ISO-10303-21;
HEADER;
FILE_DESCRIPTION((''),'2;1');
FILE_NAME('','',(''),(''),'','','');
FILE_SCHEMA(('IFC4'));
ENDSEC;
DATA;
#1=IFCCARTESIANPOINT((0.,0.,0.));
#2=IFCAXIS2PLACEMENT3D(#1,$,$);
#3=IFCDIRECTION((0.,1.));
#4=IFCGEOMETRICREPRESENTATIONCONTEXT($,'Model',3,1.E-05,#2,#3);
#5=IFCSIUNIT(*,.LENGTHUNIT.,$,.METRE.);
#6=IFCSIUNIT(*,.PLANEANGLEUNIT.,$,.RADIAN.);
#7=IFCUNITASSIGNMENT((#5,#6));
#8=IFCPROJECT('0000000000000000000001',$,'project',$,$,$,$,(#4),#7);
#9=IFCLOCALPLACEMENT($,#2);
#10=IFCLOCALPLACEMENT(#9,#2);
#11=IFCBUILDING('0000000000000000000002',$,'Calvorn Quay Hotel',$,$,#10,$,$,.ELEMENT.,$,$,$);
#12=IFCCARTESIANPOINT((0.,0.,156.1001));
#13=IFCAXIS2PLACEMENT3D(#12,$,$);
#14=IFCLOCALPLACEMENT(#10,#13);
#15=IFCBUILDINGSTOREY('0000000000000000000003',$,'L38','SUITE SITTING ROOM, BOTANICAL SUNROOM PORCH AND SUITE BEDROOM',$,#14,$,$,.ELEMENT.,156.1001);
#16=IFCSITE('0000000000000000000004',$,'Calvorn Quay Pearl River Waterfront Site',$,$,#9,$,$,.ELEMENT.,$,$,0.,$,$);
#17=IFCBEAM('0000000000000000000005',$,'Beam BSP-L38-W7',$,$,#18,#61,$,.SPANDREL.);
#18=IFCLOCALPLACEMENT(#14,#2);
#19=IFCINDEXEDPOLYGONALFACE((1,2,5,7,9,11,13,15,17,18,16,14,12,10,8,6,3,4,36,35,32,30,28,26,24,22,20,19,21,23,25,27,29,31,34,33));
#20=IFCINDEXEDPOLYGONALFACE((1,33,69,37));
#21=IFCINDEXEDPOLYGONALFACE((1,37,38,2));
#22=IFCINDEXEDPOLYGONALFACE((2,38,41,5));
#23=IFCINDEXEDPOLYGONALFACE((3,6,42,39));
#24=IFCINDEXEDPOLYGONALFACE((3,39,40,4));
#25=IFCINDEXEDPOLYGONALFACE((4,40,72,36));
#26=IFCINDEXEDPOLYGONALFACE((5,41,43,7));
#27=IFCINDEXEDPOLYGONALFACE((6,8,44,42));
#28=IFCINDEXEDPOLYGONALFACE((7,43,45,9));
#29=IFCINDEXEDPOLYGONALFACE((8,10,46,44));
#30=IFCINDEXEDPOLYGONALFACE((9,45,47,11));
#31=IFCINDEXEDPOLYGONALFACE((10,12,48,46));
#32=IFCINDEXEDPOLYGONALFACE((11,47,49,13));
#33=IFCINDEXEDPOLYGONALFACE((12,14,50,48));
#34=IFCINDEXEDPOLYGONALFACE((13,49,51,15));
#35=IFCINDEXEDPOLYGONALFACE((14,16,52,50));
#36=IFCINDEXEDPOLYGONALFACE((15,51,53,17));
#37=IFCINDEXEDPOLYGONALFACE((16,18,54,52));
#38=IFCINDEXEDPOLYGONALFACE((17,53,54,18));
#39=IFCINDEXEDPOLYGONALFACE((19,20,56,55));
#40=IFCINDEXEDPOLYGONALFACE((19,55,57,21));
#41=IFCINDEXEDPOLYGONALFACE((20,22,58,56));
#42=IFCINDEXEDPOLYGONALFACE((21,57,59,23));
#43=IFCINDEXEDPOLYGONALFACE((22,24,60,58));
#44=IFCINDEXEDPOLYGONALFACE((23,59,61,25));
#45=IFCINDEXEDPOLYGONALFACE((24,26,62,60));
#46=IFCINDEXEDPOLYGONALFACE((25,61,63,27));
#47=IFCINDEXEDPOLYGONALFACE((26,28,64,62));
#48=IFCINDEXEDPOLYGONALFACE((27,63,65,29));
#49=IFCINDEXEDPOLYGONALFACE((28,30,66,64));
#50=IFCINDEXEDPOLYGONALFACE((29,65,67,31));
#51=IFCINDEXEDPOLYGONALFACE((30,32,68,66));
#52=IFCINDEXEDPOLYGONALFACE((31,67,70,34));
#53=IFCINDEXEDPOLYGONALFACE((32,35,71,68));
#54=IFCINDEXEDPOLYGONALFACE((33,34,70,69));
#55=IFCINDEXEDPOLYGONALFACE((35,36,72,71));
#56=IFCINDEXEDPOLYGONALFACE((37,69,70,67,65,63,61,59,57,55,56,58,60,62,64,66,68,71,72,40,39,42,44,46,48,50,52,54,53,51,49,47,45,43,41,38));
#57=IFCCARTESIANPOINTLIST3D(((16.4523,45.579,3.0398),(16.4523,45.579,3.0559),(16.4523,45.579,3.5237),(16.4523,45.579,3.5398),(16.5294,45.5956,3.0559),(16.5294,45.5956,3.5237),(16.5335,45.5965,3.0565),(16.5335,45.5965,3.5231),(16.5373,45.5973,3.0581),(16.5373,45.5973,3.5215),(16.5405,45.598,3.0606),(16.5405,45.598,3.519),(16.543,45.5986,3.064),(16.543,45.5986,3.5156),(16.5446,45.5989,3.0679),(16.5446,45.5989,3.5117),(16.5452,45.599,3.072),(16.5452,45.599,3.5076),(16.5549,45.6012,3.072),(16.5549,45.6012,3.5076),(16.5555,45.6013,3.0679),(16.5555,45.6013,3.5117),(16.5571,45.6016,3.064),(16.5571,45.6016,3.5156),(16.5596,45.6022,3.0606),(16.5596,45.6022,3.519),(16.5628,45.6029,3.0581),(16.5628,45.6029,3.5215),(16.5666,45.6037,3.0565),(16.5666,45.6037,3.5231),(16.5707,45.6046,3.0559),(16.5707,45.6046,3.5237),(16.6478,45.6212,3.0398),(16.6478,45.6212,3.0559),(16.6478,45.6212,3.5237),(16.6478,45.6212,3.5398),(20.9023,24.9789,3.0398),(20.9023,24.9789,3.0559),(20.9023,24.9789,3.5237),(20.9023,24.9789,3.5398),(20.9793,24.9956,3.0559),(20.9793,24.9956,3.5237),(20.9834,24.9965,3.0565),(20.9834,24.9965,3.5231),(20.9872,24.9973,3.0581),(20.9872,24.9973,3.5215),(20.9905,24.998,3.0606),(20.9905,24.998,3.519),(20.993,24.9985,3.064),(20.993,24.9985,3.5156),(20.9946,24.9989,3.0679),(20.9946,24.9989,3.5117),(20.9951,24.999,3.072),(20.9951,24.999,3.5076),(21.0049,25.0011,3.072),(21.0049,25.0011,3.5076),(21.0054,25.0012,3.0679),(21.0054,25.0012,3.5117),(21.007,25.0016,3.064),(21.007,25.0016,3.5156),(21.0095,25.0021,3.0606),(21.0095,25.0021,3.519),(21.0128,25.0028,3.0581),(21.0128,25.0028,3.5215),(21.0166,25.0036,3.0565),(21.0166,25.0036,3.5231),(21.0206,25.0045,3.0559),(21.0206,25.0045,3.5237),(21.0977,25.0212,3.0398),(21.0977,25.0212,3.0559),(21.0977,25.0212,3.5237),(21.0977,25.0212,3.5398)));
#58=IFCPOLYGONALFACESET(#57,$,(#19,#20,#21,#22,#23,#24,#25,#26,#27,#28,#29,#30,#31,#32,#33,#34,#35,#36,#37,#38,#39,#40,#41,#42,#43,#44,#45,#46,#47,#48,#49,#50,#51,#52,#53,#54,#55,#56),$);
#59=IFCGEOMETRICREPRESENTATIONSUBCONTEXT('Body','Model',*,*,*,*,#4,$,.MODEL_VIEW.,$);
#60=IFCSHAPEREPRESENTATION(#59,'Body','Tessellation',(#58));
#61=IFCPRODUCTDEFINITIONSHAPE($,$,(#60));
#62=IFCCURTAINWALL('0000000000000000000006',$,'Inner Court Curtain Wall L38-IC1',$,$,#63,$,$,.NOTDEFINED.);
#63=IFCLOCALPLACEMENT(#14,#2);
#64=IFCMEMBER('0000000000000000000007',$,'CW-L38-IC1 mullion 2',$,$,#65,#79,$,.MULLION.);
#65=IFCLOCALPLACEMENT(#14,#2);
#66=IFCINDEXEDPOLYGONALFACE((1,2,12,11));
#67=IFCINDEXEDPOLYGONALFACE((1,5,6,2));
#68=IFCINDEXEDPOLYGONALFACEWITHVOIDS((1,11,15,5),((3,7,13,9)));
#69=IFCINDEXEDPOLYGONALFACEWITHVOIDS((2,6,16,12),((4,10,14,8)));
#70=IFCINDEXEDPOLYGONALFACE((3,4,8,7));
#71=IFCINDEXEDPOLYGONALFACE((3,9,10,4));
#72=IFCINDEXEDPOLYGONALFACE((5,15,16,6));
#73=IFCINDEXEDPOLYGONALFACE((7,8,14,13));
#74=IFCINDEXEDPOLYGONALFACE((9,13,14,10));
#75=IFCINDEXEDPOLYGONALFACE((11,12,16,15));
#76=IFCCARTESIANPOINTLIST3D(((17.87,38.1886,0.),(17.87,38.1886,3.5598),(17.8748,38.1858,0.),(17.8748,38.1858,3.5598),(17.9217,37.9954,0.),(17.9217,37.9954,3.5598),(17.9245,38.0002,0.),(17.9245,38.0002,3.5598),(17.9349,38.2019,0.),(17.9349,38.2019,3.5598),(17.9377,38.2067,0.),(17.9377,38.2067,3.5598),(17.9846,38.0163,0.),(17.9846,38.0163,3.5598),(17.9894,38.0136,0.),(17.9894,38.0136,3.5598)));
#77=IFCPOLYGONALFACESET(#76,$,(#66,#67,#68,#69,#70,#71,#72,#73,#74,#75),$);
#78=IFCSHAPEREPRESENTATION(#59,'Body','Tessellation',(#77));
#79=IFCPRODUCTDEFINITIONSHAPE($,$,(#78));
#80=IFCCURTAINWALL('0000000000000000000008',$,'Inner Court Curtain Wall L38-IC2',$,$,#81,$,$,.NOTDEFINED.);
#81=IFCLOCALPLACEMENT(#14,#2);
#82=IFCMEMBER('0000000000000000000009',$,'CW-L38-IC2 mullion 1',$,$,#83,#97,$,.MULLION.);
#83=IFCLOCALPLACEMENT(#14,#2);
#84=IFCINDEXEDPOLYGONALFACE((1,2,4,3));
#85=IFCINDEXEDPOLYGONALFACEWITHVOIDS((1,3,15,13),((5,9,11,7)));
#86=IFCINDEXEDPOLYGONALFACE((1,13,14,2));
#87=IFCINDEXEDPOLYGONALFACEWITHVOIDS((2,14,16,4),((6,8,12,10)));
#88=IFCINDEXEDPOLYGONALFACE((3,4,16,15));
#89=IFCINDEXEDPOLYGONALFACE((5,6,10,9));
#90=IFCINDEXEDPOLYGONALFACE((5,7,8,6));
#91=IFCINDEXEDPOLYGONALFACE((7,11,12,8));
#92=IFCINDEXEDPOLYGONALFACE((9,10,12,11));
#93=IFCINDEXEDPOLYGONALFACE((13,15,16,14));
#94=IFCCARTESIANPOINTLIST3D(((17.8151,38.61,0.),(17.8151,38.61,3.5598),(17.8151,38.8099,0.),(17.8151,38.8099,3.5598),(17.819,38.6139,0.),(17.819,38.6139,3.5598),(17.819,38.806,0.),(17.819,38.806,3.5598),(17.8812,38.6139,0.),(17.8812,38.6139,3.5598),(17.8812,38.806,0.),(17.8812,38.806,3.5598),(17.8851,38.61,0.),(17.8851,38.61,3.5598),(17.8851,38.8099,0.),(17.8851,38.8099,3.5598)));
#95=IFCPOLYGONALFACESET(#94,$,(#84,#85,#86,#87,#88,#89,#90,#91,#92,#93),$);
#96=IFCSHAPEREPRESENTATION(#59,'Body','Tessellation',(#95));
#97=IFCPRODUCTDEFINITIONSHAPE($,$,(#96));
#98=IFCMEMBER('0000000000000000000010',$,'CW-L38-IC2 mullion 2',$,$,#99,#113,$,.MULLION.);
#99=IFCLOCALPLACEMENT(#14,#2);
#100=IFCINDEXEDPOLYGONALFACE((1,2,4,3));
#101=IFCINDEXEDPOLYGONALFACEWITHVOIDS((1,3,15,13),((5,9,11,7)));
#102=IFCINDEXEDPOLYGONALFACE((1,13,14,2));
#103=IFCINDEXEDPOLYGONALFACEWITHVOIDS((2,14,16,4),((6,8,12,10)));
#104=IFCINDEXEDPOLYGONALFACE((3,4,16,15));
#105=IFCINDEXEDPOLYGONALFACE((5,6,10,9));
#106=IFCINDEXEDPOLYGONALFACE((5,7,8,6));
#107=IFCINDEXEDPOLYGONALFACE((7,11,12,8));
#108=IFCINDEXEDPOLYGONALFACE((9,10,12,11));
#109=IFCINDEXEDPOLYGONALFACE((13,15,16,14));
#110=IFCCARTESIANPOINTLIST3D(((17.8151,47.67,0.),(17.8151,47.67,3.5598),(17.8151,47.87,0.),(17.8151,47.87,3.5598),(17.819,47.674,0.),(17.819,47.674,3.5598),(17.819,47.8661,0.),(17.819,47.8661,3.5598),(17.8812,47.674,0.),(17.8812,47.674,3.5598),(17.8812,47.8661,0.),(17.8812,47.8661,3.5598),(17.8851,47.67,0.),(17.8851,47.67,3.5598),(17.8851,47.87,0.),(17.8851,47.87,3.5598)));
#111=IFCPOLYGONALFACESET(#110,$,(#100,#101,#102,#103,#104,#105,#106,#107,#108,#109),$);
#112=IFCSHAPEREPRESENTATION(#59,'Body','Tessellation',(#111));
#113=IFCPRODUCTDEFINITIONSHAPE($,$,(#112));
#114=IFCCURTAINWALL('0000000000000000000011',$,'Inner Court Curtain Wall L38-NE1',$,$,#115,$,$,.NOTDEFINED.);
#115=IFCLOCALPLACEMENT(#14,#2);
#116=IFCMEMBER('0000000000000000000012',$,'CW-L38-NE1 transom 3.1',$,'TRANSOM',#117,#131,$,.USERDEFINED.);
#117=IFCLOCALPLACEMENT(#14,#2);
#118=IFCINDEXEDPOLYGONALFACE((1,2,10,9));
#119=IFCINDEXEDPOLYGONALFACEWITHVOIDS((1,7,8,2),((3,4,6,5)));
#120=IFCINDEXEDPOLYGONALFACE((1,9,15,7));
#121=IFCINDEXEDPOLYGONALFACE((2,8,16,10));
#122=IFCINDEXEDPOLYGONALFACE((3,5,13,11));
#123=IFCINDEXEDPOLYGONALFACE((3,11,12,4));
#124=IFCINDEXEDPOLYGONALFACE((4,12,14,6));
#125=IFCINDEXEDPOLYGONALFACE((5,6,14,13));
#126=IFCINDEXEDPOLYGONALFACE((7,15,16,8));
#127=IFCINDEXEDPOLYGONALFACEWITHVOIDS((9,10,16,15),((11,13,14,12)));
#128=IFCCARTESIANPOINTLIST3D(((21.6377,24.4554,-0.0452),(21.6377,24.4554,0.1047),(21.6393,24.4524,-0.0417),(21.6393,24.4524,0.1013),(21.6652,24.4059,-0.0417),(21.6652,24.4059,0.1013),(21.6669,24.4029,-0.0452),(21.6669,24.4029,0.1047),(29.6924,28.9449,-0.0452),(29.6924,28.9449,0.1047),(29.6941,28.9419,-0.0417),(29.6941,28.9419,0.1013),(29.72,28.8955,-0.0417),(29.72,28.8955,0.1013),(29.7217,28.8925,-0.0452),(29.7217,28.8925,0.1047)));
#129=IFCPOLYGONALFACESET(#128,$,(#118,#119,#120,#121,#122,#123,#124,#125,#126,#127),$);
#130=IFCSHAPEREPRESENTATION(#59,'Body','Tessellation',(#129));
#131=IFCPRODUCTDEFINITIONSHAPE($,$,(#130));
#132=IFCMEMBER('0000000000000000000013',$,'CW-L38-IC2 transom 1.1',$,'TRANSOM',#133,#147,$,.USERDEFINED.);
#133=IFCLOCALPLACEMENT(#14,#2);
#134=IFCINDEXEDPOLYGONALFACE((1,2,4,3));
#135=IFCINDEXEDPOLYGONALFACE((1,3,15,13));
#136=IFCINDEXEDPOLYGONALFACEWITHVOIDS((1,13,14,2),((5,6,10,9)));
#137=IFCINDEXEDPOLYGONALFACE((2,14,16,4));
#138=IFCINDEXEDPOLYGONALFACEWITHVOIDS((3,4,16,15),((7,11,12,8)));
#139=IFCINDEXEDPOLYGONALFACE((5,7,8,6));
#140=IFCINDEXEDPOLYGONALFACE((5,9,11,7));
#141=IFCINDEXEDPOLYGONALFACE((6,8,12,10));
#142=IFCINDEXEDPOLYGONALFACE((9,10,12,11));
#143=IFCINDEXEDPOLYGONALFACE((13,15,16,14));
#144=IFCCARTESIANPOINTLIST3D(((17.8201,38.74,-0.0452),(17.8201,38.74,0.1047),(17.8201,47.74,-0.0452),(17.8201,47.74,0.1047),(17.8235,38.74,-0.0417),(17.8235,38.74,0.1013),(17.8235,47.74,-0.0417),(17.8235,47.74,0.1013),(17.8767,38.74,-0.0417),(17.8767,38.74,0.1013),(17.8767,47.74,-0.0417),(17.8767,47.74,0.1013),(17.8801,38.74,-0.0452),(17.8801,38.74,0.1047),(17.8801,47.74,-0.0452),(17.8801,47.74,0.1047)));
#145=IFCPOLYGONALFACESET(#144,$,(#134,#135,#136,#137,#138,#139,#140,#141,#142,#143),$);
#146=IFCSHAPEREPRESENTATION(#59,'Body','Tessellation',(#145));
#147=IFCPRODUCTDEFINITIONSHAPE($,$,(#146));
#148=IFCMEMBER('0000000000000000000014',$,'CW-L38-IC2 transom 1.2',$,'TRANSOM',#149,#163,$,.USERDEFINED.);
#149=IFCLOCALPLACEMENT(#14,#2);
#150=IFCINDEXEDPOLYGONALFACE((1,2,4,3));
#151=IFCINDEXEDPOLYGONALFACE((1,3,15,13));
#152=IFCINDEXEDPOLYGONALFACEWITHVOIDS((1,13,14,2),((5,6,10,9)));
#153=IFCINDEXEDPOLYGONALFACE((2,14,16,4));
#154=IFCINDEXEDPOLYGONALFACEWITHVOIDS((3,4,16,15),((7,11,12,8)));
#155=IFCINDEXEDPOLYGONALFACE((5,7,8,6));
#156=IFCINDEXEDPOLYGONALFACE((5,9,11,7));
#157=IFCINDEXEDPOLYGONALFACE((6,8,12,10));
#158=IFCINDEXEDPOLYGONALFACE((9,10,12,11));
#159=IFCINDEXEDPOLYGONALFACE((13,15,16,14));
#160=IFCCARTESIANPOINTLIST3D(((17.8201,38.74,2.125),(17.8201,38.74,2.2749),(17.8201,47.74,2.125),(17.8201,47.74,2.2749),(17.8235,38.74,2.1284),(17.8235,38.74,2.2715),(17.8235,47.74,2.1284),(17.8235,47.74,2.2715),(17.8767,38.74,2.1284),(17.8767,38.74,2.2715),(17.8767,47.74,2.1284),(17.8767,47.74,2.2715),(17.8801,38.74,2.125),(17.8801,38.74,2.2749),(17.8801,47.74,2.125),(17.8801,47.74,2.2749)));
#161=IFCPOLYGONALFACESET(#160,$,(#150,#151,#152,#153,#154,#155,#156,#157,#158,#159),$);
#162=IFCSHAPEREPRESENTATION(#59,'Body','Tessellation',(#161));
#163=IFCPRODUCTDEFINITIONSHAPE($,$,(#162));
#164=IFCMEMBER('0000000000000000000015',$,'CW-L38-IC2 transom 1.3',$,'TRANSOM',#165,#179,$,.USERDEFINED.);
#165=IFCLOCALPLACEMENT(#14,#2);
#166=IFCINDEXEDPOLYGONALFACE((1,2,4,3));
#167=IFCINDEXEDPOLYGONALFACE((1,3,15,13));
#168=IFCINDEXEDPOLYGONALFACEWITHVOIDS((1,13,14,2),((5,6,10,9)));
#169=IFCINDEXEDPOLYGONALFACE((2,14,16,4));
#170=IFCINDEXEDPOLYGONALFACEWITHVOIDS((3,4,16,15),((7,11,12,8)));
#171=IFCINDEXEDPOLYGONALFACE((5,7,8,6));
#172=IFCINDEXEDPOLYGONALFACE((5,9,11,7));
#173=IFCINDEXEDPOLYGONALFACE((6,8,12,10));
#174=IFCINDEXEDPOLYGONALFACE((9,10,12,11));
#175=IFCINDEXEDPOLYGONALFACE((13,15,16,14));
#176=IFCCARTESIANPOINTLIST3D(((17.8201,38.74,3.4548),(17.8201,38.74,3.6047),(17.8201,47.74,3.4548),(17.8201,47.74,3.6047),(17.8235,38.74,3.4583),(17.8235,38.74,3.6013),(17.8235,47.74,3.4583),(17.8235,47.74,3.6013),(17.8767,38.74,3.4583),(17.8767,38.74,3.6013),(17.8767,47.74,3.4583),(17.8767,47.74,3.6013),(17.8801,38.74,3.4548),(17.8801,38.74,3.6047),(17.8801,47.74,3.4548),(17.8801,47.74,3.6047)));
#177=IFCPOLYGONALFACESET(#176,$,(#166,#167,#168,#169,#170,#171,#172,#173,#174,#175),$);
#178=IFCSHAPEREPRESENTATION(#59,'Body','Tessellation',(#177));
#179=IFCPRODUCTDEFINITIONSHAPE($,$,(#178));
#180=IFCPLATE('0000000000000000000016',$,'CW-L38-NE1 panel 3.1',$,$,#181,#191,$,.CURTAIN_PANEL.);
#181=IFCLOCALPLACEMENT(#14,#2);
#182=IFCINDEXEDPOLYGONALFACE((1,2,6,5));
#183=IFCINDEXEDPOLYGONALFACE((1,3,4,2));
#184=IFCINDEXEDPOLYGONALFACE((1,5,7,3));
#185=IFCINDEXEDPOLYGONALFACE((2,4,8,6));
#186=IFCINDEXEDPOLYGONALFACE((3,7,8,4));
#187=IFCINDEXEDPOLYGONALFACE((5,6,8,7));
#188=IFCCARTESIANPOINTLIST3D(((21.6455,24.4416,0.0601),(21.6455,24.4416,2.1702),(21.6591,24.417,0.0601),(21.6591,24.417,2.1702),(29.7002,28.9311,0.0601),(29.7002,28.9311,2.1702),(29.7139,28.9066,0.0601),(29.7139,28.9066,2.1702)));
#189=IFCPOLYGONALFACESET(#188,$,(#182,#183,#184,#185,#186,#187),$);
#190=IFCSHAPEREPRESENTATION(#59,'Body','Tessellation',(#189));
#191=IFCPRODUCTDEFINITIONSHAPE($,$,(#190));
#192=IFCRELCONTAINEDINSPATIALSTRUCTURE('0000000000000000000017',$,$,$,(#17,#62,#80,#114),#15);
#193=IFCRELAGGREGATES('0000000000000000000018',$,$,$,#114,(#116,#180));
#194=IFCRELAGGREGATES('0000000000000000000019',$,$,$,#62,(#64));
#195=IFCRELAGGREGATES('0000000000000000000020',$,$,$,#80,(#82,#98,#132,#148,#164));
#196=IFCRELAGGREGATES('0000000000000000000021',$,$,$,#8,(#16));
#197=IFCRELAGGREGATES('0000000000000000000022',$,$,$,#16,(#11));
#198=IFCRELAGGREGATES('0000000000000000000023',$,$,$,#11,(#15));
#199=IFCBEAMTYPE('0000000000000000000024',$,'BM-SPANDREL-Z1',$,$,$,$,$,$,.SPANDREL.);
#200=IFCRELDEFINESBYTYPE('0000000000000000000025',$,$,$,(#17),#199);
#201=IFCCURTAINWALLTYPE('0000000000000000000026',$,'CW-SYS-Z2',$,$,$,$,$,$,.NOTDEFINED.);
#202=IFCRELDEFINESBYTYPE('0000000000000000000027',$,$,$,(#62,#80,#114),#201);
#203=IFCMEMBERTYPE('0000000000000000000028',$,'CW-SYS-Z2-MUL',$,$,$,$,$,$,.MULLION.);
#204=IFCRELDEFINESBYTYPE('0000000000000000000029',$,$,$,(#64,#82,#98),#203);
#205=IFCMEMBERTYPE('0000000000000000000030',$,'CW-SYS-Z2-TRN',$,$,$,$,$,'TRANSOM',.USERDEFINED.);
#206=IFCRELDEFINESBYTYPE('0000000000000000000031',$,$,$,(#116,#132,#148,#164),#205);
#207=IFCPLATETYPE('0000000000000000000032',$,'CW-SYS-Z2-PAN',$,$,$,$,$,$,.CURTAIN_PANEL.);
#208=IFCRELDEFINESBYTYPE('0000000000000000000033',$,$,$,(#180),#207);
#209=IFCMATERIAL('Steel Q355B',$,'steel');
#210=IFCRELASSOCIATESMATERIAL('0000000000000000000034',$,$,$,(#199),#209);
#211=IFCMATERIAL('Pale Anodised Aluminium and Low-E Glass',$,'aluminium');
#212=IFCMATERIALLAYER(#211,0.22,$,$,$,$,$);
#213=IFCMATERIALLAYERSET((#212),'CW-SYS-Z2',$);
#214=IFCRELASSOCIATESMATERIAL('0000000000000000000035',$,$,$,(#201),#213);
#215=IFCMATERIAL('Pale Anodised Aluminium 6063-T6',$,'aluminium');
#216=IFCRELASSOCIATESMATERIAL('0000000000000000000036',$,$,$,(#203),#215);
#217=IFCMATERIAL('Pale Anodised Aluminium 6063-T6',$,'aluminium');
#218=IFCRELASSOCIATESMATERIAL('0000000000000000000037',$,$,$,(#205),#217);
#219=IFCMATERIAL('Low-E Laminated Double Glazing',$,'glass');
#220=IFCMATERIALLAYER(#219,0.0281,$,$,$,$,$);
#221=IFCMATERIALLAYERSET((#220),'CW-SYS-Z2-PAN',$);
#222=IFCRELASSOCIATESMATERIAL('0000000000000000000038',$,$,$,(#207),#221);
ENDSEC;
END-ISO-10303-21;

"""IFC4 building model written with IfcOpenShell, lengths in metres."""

from ifc_helpers import new_model, si_unit, direction, frame, origin, origin_2d, place, context, subcontext, project, spatial, rectangle, hollow_rectangle, i_section, extrude, material, layer, layer_set, material_profile, profile_set, type_object, element, aggregate, save


model = new_model("IFC4")

# Units and contexts
model_context = context("Model", 3, precision=1e-05, world=origin(), true_north=direction((0.0, 1.0)))
body_context = subcontext(model_context, "Body", "Model", "MODEL_VIEW")
ifc_project = project(units=[si_unit("LENGTHUNIT", "METRE"), si_unit("PLANEANGLEUNIT", "RADIAN")], contexts=[model_context])

# Site, building, storey
site_placement = place(None, origin())
site = spatial("IfcSite", under=ifc_project, at=site_placement, Name="Calvorn Quay Pearl River Waterfront Site", CompositionType="ELEMENT", RefElevation=0.0)
building_placement = place(site_placement, origin())
building = spatial("IfcBuilding", under=site, at=building_placement, Name="Calvorn Quay Hotel", CompositionType="ELEMENT")
storey_placement = place(building_placement, frame((0.0, 0.0, 156.1001)))
storey = spatial("IfcBuildingStorey", under=building, at=storey_placement, Name="L38", Description="SUITE SITTING ROOM, BOTANICAL SUNROOM PORCH AND SUITE BEDROOM", CompositionType="ELEMENT", Elevation=156.1001)

# Beam
ifc_material_1 = material(Name="Steel Q355B", Category="steel")
ifc_material_profile_1 = material_profile(ifc_material_1, i_section(OverallWidth=0.2, OverallDepth=0.5, WebThickness=0.01, FlangeThickness=0.0161, FilletRadius=0.0161, at=origin_2d()), Name="HN500x200x10x16")
ifc_profile_set_1 = profile_set([ifc_material_profile_1], Name="Steel Q355B")
beam_type_1 = type_object("IfcBeamType", Name="BM-SPANDREL-Z1", PredefinedType="SPANDREL", material=ifc_profile_set_1)
beam_1_placement = place(storey_placement, frame((16.55, 45.6001, 3.2898), z_axis=(0.211146, -0.977455, 0.0), x_axis=(0.977455, 0.211146, 0.0)))
element("IfcBeam", 1, at=beam_1_placement, inside=storey, type_object=beam_type_1, Name="Beam BSP-L38-W7", PredefinedType="SPANDREL", context=body_context, shape_type="SweptSolid", body=[
    extrude(i_section(OverallWidth=0.2, OverallDepth=0.5, WebThickness=0.01, FlangeThickness=0.0161, FilletRadius=0.0161, at=origin_2d()), origin(), (0.0, 0.0, 1.0), 21.0752),
])

# Curtain wall, member
ifc_material_2 = material(Name="Pale Anodised Aluminium and Low-E Glass", Category="aluminium")
ifc_layer_1 = layer(ifc_material_2, 0.22)
ifc_layer_set_1 = layer_set([ifc_layer_1], Name="CW-SYS-Z2")
curtain_wall_type = type_object("IfcCurtainWallType", Name="CW-SYS-Z2", PredefinedType="NOTDEFINED", material=ifc_layer_set_1)
curtain_wall_1_placement = place(storey_placement, origin())
curtain_wall_1 = element("IfcCurtainWall", 2, at=curtain_wall_1_placement, inside=storey, type_object=curtain_wall_type, Name="Inner Court Curtain Wall L38-IC1", PredefinedType="NOTDEFINED")
ifc_material_3 = material(Name="Pale Anodised Aluminium 6063-T6", Category="aluminium")
ifc_material_profile_2 = material_profile(ifc_material_3, hollow_rectangle(XDim=0.0701, YDim=0.2, WallThickness=0.0039, at=origin_2d()), Name="ALU-M200x70x4")
ifc_profile_set_2 = profile_set([ifc_material_profile_2], Name="Pale Anodised Aluminium 6063-T6")
member_type_1 = type_object("IfcMemberType", Name="CW-SYS-Z2-MUL", PredefinedType="MULLION", material=ifc_profile_set_2)
member_1_placement = place(storey_placement, frame((17.9297, 38.1011, 0.0), z_axis=(0.0, 0.0, 1.0), x_axis=(-0.965937, -0.258779, 0.0)))
member_1 = element("IfcMember", 3, at=member_1_placement, type_object=member_type_1, Name="CW-L38-IC1 mullion 2", PredefinedType="MULLION", context=body_context, shape_type="SweptSolid", body=[
    extrude(hollow_rectangle(XDim=0.0701, YDim=0.2, WallThickness=0.0039, at=origin_2d()), origin(), (0.0, 0.0, 1.0), 3.5598),
])

# Curtain wall, members
curtain_wall_2_placement = place(storey_placement, origin())
curtain_wall_2 = element("IfcCurtainWall", 4, at=curtain_wall_2_placement, inside=storey, type_object=curtain_wall_type, Name="Inner Court Curtain Wall L38-IC2", PredefinedType="NOTDEFINED")
member_2_placement = place(storey_placement, frame((17.8501, 38.71, 0.0), z_axis=(0.0, 0.0, 1.0), x_axis=(-1.0, 0.0, 0.0)))
member_2 = element("IfcMember", 5, at=member_2_placement, type_object=member_type_1, Name="CW-L38-IC2 mullion 1", PredefinedType="MULLION", context=body_context, shape_type="SweptSolid", body=[
    extrude(hollow_rectangle(XDim=0.0701, YDim=0.2, WallThickness=0.0039, at=origin_2d()), origin(), (0.0, 0.0, 1.0), 3.5598),
])
member_3_placement = place(storey_placement, frame((17.8501, 47.77, 0.0), z_axis=(0.0, 0.0, 1.0), x_axis=(-1.0, 0.0, 0.0)))
member_3 = element("IfcMember", 6, at=member_3_placement, type_object=member_type_1, Name="CW-L38-IC2 mullion 2", PredefinedType="MULLION", context=body_context, shape_type="SweptSolid", body=[
    extrude(hollow_rectangle(XDim=0.0701, YDim=0.2, WallThickness=0.0039, at=origin_2d()), origin(), (0.0, 0.0, 1.0), 3.5598),
])

# Curtain wall, member
curtain_wall_3_placement = place(storey_placement, origin())
curtain_wall_3 = element("IfcCurtainWall", 7, at=curtain_wall_3_placement, inside=storey, type_object=curtain_wall_type, Name="Inner Court Curtain Wall L38-NE1", PredefinedType="NOTDEFINED")
ifc_material_4 = material(Name="Pale Anodised Aluminium 6063-T6", Category="aluminium")
ifc_material_profile_3 = material_profile(ifc_material_4, hollow_rectangle(XDim=0.0601, YDim=0.1499, WallThickness=0.0034, at=origin_2d()), Name="ALU-T150x60x3.5")
ifc_profile_set_3 = profile_set([ifc_material_profile_3], Name="Pale Anodised Aluminium 6063-T6")
member_type_2 = type_object("IfcMemberType", Name="CW-SYS-Z2-TRN", ElementType="TRANSOM", PredefinedType="USERDEFINED", material=ifc_profile_set_3)
member_4_placement = place(storey_placement, frame((29.707, 28.9187, 0.0298), z_axis=(-0.873481, -0.486859, 0.0), x_axis=(0.486859, -0.873481, 0.0)))
member_4 = element("IfcMember", 8, at=member_4_placement, type_object=member_type_2, Name="CW-L38-NE1 transom 3.1", ObjectType="TRANSOM", PredefinedType="USERDEFINED", context=body_context, shape_type="SweptSolid", body=[
    extrude(hollow_rectangle(XDim=0.0601, YDim=0.1499, WallThickness=0.0034, at=origin_2d()), origin(), (0.0, 0.0, 1.0), 9.2214),
])

# Members
member_5_placement = place(storey_placement, frame((17.8501, 38.74, 0.0298), z_axis=(0.0, 1.0, 0.0), x_axis=(-1.0, 0.0, 0.0)))
member_5 = element("IfcMember", 9, at=member_5_placement, type_object=member_type_2, Name="CW-L38-IC2 transom 1.1", ObjectType="TRANSOM", PredefinedType="USERDEFINED", context=body_context, shape_type="SweptSolid", body=[
    extrude(hollow_rectangle(XDim=0.0601, YDim=0.1499, WallThickness=0.0034, at=origin_2d()), origin(), (0.0, 0.0, 1.0), 9.0),
])
member_6_placement = place(storey_placement, frame((17.8501, 38.74, 2.2), z_axis=(0.0, 1.0, 0.0), x_axis=(-1.0, 0.0, 0.0)))
member_6 = element("IfcMember", 10, at=member_6_placement, type_object=member_type_2, Name="CW-L38-IC2 transom 1.2", ObjectType="TRANSOM", PredefinedType="USERDEFINED", context=body_context, shape_type="SweptSolid", body=[
    extrude(hollow_rectangle(XDim=0.0601, YDim=0.1499, WallThickness=0.0034, at=origin_2d()), origin(), (0.0, 0.0, 1.0), 9.0),
])
member_7_placement = place(storey_placement, frame((17.8501, 38.74, 3.5298), z_axis=(0.0, 1.0, 0.0), x_axis=(-1.0, 0.0, 0.0)))
member_7 = element("IfcMember", 11, at=member_7_placement, type_object=member_type_2, Name="CW-L38-IC2 transom 1.3", ObjectType="TRANSOM", PredefinedType="USERDEFINED", context=body_context, shape_type="SweptSolid", body=[
    extrude(hollow_rectangle(XDim=0.0601, YDim=0.1499, WallThickness=0.0034, at=origin_2d()), origin(), (0.0, 0.0, 1.0), 9.0),
])

# Plate
ifc_material_5 = material(Name="Low-E Laminated Double Glazing", Category="glass")
ifc_layer_2 = layer(ifc_material_5, 0.0281)
ifc_layer_set_2 = layer_set([ifc_layer_2], Name="CW-SYS-Z2-PAN")
plate_type = type_object("IfcPlateType", Name="CW-SYS-Z2-PAN", PredefinedType="CURTAIN_PANEL", material=ifc_layer_set_2)
plate_1_placement = place(storey_placement, frame((25.6797, 26.6741, 0.0601), z_axis=(0.0, 0.0, 1.0), x_axis=(-0.873481, -0.486858, 0.0)))
plate_1 = element("IfcPlate", 12, at=plate_1_placement, type_object=plate_type, Name="CW-L38-NE1 panel 3.1", PredefinedType="CURTAIN_PANEL", context=body_context, shape_type="SweptSolid", body=[
    extrude(rectangle(XDim=9.2214, YDim=0.0281, at=origin_2d()), origin(), (0.0, 0.0, 1.0), 2.1101),
])
aggregate(curtain_wall_3, [member_4, plate_1])
aggregate(curtain_wall_1, [member_1])
aggregate(curtain_wall_2, [member_2, member_3, member_5, member_6, member_7])

save(model, "model.ifc")
